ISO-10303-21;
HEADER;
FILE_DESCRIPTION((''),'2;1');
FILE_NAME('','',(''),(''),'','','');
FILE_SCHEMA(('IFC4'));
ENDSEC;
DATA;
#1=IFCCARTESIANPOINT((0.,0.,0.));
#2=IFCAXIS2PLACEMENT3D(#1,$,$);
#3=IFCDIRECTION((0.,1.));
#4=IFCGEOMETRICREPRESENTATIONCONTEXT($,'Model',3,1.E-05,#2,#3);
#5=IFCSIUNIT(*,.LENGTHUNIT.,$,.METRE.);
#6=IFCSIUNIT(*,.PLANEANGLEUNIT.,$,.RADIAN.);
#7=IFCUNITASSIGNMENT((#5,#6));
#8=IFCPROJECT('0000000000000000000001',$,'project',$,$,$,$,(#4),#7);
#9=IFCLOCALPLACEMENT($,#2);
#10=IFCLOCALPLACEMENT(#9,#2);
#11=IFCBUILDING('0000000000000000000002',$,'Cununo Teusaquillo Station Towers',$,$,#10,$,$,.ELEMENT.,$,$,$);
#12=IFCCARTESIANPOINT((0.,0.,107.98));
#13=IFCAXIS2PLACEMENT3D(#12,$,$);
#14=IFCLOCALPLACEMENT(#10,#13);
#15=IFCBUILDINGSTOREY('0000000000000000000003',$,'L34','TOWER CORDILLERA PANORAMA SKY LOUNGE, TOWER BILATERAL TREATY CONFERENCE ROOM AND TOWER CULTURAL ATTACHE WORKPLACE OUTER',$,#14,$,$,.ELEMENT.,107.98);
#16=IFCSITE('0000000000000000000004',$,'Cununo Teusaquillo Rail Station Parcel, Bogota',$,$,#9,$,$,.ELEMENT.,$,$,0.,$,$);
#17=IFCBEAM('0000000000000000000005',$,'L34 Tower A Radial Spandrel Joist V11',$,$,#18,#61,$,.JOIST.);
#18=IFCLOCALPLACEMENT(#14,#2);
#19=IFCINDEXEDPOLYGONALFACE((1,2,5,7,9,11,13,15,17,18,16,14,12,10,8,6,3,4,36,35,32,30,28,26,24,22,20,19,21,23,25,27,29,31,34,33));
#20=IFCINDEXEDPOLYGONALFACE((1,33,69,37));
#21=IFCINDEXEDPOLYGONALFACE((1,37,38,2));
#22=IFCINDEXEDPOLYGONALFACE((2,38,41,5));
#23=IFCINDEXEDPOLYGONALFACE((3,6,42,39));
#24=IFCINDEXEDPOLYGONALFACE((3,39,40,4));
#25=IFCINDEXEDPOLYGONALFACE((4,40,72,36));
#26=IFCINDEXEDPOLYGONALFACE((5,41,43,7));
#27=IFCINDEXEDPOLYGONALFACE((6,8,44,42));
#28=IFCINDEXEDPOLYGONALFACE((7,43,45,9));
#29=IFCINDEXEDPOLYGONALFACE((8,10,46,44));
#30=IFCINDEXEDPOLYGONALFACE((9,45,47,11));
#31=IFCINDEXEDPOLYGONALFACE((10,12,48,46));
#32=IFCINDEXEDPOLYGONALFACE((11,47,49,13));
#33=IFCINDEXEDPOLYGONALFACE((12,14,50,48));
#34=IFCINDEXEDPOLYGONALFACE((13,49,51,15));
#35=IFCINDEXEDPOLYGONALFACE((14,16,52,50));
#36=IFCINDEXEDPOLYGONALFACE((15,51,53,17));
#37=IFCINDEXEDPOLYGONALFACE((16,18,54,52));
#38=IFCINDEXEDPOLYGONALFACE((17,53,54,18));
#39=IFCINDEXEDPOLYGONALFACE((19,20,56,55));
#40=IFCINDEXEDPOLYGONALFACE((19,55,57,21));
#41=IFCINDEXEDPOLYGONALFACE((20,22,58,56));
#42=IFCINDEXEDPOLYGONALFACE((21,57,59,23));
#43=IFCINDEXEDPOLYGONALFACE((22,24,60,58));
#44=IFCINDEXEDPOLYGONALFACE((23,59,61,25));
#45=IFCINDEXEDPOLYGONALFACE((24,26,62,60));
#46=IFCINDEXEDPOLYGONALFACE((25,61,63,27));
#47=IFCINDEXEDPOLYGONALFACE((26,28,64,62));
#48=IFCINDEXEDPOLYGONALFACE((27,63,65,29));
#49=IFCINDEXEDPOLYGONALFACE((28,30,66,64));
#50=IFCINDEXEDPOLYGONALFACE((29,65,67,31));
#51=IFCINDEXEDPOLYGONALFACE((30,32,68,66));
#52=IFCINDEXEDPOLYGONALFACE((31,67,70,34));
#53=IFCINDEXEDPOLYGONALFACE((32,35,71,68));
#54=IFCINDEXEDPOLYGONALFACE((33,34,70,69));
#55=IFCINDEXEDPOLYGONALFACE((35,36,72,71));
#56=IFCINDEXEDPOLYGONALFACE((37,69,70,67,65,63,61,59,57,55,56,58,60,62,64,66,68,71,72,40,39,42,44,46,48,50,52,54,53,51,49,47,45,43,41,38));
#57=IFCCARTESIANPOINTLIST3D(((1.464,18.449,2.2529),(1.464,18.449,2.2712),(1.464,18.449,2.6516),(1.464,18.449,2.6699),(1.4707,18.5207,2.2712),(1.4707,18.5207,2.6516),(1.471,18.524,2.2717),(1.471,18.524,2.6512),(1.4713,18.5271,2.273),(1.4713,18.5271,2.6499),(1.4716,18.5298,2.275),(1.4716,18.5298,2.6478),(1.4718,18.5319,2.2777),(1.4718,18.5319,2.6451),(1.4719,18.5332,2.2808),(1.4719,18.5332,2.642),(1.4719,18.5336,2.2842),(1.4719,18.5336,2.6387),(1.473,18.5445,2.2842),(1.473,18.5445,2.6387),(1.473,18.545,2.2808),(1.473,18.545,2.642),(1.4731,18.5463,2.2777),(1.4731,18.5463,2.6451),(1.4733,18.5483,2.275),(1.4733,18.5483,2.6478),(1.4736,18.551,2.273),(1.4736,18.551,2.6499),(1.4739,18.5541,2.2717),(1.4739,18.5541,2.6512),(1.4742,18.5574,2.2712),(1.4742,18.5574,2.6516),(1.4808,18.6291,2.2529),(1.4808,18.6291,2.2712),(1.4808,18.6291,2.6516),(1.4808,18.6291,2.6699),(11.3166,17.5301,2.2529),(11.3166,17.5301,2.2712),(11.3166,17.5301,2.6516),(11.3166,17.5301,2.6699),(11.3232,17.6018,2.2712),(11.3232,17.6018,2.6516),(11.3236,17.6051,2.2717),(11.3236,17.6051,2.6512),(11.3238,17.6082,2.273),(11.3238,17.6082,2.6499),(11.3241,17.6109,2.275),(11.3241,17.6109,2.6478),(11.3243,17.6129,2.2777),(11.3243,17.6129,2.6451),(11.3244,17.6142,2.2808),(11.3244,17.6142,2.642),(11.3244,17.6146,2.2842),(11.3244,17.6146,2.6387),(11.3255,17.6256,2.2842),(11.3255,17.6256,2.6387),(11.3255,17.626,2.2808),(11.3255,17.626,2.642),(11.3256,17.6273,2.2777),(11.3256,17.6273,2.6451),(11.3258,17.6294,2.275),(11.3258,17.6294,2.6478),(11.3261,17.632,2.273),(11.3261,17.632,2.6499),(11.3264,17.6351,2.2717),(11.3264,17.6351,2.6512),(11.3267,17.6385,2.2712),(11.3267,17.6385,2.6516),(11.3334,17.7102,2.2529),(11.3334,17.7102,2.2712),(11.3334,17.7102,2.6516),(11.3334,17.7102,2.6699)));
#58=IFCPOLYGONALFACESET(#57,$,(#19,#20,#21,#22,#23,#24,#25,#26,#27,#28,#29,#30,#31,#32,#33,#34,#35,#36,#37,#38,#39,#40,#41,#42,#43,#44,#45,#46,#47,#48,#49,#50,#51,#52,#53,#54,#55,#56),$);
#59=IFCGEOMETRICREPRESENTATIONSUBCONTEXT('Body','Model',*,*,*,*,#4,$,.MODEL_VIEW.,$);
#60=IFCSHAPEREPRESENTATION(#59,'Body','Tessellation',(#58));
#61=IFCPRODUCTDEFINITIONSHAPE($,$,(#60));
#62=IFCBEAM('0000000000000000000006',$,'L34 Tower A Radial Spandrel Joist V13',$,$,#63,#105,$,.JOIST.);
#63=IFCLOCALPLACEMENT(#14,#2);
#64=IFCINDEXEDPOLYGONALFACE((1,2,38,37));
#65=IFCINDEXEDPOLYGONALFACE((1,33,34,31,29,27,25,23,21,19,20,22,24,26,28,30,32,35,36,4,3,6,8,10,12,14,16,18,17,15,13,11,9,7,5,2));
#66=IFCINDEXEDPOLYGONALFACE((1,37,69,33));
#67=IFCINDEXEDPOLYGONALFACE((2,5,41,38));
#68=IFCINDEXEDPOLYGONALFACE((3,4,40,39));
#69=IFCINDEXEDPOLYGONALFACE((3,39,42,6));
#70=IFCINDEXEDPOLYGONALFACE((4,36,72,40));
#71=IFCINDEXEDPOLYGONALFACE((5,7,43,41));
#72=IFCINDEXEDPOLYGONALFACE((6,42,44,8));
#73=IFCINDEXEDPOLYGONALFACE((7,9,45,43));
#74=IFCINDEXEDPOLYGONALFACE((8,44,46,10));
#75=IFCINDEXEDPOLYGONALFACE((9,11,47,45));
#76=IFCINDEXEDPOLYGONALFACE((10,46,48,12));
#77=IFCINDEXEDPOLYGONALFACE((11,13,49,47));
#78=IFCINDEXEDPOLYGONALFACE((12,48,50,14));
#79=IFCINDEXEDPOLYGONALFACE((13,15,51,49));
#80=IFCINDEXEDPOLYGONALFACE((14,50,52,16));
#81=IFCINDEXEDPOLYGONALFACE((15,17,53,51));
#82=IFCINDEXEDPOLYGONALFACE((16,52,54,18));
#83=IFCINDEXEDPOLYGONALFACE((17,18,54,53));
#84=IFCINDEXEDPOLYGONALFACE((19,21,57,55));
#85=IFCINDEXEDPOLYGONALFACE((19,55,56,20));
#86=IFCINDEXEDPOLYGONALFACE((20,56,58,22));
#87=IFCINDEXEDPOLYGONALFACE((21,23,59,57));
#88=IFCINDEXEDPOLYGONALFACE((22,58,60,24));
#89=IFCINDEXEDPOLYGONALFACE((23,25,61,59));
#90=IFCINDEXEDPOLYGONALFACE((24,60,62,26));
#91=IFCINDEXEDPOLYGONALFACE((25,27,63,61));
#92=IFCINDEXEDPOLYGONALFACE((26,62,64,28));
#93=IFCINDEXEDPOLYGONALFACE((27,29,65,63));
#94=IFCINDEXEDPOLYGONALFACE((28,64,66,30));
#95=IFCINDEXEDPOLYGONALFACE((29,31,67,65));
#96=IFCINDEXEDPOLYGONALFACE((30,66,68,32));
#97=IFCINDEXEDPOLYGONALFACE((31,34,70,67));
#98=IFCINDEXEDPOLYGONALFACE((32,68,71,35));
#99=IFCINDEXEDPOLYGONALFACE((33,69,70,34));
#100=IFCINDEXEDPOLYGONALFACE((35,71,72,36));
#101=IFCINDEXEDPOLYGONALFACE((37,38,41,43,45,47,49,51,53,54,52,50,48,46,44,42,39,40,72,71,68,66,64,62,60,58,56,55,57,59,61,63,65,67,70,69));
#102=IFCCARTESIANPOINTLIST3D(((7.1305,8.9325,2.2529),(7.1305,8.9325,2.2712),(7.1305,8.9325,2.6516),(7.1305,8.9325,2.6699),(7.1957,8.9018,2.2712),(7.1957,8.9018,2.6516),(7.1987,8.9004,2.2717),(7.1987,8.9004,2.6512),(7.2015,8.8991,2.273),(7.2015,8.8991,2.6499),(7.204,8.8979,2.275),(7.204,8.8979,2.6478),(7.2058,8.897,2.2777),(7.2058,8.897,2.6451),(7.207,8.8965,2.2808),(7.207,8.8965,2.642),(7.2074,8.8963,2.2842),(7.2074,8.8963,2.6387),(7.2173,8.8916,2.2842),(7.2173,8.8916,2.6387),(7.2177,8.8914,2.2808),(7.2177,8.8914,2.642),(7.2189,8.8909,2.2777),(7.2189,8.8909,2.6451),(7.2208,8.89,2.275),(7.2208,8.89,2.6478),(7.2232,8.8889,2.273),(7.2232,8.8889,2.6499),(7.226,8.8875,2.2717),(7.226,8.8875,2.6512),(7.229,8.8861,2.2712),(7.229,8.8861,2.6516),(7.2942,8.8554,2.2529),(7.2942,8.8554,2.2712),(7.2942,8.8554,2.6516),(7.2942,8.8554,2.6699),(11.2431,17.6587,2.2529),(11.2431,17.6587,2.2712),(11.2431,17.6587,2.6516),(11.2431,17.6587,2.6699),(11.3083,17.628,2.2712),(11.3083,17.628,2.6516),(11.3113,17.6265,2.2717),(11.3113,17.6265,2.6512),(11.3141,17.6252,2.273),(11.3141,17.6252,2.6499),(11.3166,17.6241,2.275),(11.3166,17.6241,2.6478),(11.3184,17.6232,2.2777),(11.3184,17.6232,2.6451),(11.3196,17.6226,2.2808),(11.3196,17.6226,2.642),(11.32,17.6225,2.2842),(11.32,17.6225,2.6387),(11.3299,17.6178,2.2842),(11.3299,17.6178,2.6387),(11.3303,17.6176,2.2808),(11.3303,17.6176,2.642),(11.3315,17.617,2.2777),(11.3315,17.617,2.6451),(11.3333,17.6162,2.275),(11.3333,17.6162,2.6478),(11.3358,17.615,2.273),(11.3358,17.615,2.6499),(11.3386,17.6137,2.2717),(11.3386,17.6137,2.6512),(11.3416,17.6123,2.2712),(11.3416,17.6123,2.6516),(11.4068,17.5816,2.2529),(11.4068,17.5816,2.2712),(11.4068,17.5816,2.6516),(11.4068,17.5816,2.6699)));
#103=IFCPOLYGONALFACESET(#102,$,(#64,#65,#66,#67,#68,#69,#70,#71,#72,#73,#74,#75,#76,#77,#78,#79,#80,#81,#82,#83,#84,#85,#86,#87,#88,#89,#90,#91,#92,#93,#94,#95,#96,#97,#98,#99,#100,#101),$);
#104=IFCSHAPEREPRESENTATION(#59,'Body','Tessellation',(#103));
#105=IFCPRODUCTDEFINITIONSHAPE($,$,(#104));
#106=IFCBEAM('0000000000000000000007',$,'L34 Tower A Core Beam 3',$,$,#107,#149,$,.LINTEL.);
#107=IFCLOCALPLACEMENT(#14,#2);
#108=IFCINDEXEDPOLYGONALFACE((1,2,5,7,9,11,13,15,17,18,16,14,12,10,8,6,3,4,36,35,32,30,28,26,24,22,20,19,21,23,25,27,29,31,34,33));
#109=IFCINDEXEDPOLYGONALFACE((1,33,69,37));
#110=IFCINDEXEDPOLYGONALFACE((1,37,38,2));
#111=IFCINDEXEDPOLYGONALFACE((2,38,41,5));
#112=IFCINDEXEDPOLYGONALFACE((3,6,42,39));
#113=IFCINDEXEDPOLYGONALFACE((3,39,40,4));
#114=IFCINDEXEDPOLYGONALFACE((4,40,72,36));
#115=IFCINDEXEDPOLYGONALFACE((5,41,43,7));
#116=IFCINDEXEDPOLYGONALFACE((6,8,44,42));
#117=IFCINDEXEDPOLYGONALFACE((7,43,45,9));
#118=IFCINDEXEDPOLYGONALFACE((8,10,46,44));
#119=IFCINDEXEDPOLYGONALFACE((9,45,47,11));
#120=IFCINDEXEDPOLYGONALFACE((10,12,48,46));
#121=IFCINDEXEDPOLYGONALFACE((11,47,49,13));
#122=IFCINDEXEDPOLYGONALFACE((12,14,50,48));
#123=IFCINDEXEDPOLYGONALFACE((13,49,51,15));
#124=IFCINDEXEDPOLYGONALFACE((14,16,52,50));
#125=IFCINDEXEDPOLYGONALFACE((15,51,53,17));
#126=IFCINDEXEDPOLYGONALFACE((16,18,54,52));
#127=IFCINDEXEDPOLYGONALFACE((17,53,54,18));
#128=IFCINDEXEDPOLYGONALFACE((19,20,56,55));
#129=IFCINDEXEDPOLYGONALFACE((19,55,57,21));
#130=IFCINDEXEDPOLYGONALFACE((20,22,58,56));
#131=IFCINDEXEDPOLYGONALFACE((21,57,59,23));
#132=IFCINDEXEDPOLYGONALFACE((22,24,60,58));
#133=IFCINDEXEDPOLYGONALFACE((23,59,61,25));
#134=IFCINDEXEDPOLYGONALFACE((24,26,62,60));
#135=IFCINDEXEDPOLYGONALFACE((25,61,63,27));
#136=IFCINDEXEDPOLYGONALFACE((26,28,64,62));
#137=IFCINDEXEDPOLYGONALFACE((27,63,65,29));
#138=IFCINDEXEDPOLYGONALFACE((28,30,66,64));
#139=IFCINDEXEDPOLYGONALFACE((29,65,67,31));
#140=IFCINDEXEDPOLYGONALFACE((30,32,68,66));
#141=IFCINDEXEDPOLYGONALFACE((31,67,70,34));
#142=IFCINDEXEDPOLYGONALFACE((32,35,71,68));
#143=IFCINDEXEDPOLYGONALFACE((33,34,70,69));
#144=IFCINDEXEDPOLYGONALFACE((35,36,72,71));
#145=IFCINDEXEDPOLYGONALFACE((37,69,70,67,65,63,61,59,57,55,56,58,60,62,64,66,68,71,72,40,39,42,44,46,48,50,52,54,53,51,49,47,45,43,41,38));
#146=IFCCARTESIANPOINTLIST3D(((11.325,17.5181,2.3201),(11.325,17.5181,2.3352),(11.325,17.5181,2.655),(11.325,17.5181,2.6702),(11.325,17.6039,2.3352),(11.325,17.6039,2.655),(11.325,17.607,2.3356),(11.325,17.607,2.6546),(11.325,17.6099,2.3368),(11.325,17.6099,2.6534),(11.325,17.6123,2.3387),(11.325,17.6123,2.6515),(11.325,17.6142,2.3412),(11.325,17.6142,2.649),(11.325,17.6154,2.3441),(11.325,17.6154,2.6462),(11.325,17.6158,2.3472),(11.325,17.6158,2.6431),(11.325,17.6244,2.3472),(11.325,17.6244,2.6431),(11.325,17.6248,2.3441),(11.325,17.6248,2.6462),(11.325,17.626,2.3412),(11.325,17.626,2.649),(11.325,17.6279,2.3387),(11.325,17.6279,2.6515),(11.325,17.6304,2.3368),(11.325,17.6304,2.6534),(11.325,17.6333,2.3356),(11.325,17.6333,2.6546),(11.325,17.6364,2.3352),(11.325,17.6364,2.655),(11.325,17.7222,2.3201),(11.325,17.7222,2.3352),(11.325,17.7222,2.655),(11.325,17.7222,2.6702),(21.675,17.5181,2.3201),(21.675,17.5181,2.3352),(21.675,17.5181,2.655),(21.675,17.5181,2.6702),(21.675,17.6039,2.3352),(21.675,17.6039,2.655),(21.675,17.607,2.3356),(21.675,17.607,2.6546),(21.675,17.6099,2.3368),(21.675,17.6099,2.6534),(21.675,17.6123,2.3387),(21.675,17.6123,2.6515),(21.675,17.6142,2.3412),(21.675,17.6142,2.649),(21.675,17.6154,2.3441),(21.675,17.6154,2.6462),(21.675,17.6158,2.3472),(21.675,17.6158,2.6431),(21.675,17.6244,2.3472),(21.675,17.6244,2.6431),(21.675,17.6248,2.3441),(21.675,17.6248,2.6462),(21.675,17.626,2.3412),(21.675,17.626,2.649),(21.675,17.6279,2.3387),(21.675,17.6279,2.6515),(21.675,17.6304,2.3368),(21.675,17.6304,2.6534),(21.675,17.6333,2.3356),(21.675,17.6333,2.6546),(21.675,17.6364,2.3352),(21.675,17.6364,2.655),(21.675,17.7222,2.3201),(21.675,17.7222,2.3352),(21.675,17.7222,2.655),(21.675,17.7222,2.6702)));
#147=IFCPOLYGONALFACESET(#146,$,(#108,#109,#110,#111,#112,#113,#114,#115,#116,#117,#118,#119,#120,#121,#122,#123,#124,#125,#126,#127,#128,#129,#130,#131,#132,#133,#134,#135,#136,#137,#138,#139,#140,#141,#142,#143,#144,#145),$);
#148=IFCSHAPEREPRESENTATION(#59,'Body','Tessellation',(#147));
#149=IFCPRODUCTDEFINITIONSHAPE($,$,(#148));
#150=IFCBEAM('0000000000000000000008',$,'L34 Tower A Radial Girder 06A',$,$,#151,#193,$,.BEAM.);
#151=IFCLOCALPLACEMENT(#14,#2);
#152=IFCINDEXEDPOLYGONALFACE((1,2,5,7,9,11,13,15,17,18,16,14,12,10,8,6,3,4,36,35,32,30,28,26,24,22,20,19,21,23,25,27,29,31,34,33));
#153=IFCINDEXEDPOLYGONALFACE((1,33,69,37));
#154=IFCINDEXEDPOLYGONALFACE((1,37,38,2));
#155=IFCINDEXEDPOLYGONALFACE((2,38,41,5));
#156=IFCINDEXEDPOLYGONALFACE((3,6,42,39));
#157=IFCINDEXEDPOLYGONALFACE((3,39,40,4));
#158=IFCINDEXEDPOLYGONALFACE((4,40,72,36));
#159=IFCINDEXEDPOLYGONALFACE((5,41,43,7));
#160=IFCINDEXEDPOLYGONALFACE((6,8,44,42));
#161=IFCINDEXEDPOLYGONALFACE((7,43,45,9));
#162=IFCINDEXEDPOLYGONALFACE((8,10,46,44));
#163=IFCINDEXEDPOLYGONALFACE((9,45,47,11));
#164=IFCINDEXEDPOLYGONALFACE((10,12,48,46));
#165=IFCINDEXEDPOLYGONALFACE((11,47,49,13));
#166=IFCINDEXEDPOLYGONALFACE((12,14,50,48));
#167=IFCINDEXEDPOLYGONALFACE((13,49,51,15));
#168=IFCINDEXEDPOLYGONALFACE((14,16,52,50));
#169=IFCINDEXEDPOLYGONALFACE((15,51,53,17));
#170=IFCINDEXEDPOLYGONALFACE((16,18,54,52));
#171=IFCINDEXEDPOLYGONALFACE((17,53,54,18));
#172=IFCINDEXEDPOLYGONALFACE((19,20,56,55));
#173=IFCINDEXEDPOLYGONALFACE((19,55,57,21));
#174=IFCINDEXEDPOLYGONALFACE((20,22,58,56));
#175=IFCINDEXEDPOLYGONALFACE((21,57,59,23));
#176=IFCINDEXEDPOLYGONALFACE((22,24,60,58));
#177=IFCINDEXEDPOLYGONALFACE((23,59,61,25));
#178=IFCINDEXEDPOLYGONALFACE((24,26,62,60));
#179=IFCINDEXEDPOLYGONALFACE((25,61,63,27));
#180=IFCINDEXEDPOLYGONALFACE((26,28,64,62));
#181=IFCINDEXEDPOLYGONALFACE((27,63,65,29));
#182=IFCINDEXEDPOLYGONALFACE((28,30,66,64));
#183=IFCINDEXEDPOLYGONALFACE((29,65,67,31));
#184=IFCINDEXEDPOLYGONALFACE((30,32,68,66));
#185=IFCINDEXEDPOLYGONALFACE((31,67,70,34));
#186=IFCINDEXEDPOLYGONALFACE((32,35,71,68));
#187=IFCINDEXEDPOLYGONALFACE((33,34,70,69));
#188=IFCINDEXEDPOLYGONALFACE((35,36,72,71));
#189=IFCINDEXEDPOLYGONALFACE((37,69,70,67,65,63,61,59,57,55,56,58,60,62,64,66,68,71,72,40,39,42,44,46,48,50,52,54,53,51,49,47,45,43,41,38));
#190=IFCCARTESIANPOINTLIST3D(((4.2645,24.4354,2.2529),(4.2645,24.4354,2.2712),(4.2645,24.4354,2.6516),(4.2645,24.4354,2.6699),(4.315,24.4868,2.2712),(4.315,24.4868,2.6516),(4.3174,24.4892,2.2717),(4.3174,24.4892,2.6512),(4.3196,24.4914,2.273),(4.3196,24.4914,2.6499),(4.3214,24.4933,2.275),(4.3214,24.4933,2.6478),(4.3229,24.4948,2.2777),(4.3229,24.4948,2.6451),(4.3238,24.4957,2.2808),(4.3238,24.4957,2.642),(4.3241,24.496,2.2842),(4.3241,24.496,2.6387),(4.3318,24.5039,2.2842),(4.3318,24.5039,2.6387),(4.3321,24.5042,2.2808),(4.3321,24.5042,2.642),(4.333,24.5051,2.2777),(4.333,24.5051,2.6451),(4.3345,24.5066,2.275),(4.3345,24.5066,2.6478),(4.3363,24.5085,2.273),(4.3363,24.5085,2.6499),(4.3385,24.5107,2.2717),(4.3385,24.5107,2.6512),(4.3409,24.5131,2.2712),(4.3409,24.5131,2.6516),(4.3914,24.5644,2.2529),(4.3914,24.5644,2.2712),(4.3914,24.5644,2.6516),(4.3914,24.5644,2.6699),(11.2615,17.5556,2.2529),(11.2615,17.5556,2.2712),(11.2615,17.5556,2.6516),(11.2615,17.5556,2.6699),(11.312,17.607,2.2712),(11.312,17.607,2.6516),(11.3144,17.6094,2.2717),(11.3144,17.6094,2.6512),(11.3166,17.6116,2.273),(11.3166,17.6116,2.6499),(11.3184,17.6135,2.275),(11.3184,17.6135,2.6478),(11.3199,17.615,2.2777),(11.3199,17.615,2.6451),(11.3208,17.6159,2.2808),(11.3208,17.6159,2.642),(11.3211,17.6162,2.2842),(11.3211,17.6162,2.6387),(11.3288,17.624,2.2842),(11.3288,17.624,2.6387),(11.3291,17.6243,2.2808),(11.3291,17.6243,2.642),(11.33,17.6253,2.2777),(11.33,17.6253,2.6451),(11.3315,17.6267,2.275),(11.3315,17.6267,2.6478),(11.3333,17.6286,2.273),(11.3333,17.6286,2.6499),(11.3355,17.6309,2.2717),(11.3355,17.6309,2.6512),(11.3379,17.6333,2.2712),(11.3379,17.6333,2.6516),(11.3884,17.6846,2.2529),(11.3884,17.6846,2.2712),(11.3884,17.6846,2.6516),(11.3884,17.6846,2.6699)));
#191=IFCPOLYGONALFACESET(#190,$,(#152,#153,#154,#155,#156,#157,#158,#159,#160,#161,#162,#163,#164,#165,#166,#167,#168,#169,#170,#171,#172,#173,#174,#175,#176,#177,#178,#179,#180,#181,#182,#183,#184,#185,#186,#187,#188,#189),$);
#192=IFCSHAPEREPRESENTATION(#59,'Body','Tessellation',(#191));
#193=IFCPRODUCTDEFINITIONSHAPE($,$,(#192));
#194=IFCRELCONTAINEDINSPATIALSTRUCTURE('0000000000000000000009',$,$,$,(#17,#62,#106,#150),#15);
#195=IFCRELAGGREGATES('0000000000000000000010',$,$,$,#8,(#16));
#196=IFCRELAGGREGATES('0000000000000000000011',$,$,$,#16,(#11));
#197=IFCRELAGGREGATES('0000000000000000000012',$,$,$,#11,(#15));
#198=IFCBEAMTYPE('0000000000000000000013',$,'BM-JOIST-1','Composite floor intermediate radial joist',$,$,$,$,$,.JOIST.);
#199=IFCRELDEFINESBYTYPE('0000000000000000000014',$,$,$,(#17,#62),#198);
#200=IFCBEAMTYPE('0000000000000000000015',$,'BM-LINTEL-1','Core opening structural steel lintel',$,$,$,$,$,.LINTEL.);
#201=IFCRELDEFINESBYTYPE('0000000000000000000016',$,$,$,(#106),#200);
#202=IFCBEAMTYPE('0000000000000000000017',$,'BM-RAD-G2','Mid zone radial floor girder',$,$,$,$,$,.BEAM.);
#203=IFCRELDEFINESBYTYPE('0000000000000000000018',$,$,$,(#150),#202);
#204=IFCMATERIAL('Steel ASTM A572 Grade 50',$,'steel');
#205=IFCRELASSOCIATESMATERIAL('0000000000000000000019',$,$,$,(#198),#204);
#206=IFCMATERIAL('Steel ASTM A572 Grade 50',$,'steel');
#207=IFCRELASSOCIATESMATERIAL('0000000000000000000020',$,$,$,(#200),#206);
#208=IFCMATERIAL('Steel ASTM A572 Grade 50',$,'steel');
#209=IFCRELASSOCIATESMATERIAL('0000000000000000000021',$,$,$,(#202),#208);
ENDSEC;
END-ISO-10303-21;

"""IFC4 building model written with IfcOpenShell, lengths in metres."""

from ifc_helpers import new_model, si_unit, direction, frame, origin, origin_2d, place, context, subcontext, project, spatial, i_section, extrude, material, material_profile, profile_set, type_object, element, save


model = new_model("IFC4")

# Units and contexts
model_context = context("Model", 3, precision=1e-05, world=origin(), true_north=direction((0.0, 1.0)))
body_context = subcontext(model_context, "Body", "Model", "MODEL_VIEW")
ifc_project = project(units=[si_unit("LENGTHUNIT", "METRE"), si_unit("PLANEANGLEUNIT", "RADIAN")], contexts=[model_context])

# Site, building, storey
site_placement = place(None, origin())
site = spatial("IfcSite", under=ifc_project, at=site_placement, Name="Cununo Teusaquillo Rail Station Parcel, Bogota", CompositionType="ELEMENT", RefElevation=0.0)
building_placement = place(site_placement, origin())
building = spatial("IfcBuilding", under=site, at=building_placement, Name="Cununo Teusaquillo Station Towers", CompositionType="ELEMENT")
storey_placement = place(building_placement, frame((0.0, 0.0, 107.98)))
storey = spatial("IfcBuildingStorey", under=building, at=storey_placement, Name="L34", Description="TOWER CORDILLERA PANORAMA SKY LOUNGE, TOWER BILATERAL TREATY CONFERENCE ROOM AND TOWER CULTURAL ATTACHE WORKPLACE OUTER", CompositionType="ELEMENT", Elevation=107.98)

# Beams
ifc_material_1 = material(Name="Steel ASTM A572 Grade 50", Category="steel")
ifc_material_profile_1 = material_profile(ifc_material_1, i_section(OverallWidth=0.1809, OverallDepth=0.417, WebThickness=0.011, FlangeThickness=0.0183, FilletRadius=0.0129, at=origin_2d()), Name="W16X57")
ifc_profile_set_1 = profile_set([ifc_material_profile_1], Name="Steel ASTM A572 Grade 50")
beam_type_1 = type_object("IfcBeamType", Name="BM-JOIST-1", Description="Composite floor intermediate radial joist", PredefinedType="JOIST", material=ifc_profile_set_1)
beam_1_placement = place(storey_placement, frame((11.325, 17.6201, 2.4614), z_axis=(-0.995679, 0.092867, 0.0), x_axis=(-0.092867, -0.995679, 0.0)))
element("IfcBeam", 1, at=beam_1_placement, inside=storey, type_object=beam_type_1, Name="L34 Tower A Radial Spandrel Joist V11", PredefinedType="JOIST", context=body_context, shape_type="SweptSolid", body=[
    extrude(i_section(OverallWidth=0.1809, OverallDepth=0.417, WebThickness=0.011, FlangeThickness=0.0183, FilletRadius=0.0129, at=origin_2d()), origin(), (0.0, 0.0, 1.0), 9.8953),
])
beam_2_placement = place(storey_placement, frame((11.325, 17.6201, 2.4614), z_axis=(-0.42632, -0.904572, 0.0), x_axis=(0.904572, -0.42632, 0.0)))
element("IfcBeam", 2, at=beam_2_placement, inside=storey, type_object=beam_type_1, Name="L34 Tower A Radial Spandrel Joist V13", PredefinedType="JOIST", context=body_context, shape_type="SweptSolid", body=[
    extrude(i_section(OverallWidth=0.1809, OverallDepth=0.417, WebThickness=0.011, FlangeThickness=0.0183, FilletRadius=0.0129, at=origin_2d()), origin(), (0.0, 0.0, 1.0), 9.6467),
])
ifc_material_2 = material(Name="Steel ASTM A572 Grade 50", Category="steel")
ifc_material_profile_2 = material_profile(ifc_material_2, i_section(OverallWidth=0.2041, OverallDepth=0.3501, WebThickness=0.0085, FlangeThickness=0.0151, FilletRadius=0.012, at=origin_2d()), Name="W14X48")
ifc_profile_set_2 = profile_set([ifc_material_profile_2], Name="Steel ASTM A572 Grade 50")
beam_type_2 = type_object("IfcBeamType", Name="BM-LINTEL-1", Description="Core opening structural steel lintel", PredefinedType="LINTEL", material=ifc_profile_set_2)
beam_3_placement = place(storey_placement, frame((11.325, 17.6201, 2.4951), z_axis=(1.0, 0.0, 0.0), x_axis=(0.0, 1.0, 0.0)))
element("IfcBeam", 3, at=beam_3_placement, inside=storey, type_object=beam_type_2, Name="L34 Tower A Core Beam 3", PredefinedType="LINTEL", context=body_context, shape_type="SweptSolid", body=[
    extrude(i_section(OverallWidth=0.2041, OverallDepth=0.3501, WebThickness=0.0085, FlangeThickness=0.0151, FilletRadius=0.012, at=origin_2d()), origin(), (0.0, 0.0, 1.0), 10.3501),
])
ifc_material_3 = material(Name="Steel ASTM A572 Grade 50", Category="steel")
ifc_material_profile_3 = material_profile(ifc_material_3, i_section(OverallWidth=0.1809, OverallDepth=0.417, WebThickness=0.011, FlangeThickness=0.0183, FilletRadius=0.0129, at=origin_2d()), Name="W16X57")
ifc_profile_set_3 = profile_set([ifc_material_profile_3], Name="Steel ASTM A572 Grade 50")
beam_type_3 = type_object("IfcBeamType", Name="BM-RAD-G2", Description="Mid zone radial floor girder", PredefinedType="BEAM", material=ifc_profile_set_3)
beam_4_placement = place(storey_placement, frame((11.325, 17.6201, 2.4614), z_axis=(-0.713053, 0.70111, 0.0), x_axis=(-0.70111, -0.713053, 0.0)))
element("IfcBeam", 4, at=beam_4_placement, inside=storey, type_object=beam_type_3, Name="L34 Tower A Radial Girder 06A", PredefinedType="BEAM", context=body_context, shape_type="SweptSolid", body=[
    extrude(i_section(OverallWidth=0.1809, OverallDepth=0.417, WebThickness=0.011, FlangeThickness=0.0183, FilletRadius=0.0129, at=origin_2d()), origin(), (0.0, 0.0, 1.0), 9.8127),
])

save(model, "model.ifc")
